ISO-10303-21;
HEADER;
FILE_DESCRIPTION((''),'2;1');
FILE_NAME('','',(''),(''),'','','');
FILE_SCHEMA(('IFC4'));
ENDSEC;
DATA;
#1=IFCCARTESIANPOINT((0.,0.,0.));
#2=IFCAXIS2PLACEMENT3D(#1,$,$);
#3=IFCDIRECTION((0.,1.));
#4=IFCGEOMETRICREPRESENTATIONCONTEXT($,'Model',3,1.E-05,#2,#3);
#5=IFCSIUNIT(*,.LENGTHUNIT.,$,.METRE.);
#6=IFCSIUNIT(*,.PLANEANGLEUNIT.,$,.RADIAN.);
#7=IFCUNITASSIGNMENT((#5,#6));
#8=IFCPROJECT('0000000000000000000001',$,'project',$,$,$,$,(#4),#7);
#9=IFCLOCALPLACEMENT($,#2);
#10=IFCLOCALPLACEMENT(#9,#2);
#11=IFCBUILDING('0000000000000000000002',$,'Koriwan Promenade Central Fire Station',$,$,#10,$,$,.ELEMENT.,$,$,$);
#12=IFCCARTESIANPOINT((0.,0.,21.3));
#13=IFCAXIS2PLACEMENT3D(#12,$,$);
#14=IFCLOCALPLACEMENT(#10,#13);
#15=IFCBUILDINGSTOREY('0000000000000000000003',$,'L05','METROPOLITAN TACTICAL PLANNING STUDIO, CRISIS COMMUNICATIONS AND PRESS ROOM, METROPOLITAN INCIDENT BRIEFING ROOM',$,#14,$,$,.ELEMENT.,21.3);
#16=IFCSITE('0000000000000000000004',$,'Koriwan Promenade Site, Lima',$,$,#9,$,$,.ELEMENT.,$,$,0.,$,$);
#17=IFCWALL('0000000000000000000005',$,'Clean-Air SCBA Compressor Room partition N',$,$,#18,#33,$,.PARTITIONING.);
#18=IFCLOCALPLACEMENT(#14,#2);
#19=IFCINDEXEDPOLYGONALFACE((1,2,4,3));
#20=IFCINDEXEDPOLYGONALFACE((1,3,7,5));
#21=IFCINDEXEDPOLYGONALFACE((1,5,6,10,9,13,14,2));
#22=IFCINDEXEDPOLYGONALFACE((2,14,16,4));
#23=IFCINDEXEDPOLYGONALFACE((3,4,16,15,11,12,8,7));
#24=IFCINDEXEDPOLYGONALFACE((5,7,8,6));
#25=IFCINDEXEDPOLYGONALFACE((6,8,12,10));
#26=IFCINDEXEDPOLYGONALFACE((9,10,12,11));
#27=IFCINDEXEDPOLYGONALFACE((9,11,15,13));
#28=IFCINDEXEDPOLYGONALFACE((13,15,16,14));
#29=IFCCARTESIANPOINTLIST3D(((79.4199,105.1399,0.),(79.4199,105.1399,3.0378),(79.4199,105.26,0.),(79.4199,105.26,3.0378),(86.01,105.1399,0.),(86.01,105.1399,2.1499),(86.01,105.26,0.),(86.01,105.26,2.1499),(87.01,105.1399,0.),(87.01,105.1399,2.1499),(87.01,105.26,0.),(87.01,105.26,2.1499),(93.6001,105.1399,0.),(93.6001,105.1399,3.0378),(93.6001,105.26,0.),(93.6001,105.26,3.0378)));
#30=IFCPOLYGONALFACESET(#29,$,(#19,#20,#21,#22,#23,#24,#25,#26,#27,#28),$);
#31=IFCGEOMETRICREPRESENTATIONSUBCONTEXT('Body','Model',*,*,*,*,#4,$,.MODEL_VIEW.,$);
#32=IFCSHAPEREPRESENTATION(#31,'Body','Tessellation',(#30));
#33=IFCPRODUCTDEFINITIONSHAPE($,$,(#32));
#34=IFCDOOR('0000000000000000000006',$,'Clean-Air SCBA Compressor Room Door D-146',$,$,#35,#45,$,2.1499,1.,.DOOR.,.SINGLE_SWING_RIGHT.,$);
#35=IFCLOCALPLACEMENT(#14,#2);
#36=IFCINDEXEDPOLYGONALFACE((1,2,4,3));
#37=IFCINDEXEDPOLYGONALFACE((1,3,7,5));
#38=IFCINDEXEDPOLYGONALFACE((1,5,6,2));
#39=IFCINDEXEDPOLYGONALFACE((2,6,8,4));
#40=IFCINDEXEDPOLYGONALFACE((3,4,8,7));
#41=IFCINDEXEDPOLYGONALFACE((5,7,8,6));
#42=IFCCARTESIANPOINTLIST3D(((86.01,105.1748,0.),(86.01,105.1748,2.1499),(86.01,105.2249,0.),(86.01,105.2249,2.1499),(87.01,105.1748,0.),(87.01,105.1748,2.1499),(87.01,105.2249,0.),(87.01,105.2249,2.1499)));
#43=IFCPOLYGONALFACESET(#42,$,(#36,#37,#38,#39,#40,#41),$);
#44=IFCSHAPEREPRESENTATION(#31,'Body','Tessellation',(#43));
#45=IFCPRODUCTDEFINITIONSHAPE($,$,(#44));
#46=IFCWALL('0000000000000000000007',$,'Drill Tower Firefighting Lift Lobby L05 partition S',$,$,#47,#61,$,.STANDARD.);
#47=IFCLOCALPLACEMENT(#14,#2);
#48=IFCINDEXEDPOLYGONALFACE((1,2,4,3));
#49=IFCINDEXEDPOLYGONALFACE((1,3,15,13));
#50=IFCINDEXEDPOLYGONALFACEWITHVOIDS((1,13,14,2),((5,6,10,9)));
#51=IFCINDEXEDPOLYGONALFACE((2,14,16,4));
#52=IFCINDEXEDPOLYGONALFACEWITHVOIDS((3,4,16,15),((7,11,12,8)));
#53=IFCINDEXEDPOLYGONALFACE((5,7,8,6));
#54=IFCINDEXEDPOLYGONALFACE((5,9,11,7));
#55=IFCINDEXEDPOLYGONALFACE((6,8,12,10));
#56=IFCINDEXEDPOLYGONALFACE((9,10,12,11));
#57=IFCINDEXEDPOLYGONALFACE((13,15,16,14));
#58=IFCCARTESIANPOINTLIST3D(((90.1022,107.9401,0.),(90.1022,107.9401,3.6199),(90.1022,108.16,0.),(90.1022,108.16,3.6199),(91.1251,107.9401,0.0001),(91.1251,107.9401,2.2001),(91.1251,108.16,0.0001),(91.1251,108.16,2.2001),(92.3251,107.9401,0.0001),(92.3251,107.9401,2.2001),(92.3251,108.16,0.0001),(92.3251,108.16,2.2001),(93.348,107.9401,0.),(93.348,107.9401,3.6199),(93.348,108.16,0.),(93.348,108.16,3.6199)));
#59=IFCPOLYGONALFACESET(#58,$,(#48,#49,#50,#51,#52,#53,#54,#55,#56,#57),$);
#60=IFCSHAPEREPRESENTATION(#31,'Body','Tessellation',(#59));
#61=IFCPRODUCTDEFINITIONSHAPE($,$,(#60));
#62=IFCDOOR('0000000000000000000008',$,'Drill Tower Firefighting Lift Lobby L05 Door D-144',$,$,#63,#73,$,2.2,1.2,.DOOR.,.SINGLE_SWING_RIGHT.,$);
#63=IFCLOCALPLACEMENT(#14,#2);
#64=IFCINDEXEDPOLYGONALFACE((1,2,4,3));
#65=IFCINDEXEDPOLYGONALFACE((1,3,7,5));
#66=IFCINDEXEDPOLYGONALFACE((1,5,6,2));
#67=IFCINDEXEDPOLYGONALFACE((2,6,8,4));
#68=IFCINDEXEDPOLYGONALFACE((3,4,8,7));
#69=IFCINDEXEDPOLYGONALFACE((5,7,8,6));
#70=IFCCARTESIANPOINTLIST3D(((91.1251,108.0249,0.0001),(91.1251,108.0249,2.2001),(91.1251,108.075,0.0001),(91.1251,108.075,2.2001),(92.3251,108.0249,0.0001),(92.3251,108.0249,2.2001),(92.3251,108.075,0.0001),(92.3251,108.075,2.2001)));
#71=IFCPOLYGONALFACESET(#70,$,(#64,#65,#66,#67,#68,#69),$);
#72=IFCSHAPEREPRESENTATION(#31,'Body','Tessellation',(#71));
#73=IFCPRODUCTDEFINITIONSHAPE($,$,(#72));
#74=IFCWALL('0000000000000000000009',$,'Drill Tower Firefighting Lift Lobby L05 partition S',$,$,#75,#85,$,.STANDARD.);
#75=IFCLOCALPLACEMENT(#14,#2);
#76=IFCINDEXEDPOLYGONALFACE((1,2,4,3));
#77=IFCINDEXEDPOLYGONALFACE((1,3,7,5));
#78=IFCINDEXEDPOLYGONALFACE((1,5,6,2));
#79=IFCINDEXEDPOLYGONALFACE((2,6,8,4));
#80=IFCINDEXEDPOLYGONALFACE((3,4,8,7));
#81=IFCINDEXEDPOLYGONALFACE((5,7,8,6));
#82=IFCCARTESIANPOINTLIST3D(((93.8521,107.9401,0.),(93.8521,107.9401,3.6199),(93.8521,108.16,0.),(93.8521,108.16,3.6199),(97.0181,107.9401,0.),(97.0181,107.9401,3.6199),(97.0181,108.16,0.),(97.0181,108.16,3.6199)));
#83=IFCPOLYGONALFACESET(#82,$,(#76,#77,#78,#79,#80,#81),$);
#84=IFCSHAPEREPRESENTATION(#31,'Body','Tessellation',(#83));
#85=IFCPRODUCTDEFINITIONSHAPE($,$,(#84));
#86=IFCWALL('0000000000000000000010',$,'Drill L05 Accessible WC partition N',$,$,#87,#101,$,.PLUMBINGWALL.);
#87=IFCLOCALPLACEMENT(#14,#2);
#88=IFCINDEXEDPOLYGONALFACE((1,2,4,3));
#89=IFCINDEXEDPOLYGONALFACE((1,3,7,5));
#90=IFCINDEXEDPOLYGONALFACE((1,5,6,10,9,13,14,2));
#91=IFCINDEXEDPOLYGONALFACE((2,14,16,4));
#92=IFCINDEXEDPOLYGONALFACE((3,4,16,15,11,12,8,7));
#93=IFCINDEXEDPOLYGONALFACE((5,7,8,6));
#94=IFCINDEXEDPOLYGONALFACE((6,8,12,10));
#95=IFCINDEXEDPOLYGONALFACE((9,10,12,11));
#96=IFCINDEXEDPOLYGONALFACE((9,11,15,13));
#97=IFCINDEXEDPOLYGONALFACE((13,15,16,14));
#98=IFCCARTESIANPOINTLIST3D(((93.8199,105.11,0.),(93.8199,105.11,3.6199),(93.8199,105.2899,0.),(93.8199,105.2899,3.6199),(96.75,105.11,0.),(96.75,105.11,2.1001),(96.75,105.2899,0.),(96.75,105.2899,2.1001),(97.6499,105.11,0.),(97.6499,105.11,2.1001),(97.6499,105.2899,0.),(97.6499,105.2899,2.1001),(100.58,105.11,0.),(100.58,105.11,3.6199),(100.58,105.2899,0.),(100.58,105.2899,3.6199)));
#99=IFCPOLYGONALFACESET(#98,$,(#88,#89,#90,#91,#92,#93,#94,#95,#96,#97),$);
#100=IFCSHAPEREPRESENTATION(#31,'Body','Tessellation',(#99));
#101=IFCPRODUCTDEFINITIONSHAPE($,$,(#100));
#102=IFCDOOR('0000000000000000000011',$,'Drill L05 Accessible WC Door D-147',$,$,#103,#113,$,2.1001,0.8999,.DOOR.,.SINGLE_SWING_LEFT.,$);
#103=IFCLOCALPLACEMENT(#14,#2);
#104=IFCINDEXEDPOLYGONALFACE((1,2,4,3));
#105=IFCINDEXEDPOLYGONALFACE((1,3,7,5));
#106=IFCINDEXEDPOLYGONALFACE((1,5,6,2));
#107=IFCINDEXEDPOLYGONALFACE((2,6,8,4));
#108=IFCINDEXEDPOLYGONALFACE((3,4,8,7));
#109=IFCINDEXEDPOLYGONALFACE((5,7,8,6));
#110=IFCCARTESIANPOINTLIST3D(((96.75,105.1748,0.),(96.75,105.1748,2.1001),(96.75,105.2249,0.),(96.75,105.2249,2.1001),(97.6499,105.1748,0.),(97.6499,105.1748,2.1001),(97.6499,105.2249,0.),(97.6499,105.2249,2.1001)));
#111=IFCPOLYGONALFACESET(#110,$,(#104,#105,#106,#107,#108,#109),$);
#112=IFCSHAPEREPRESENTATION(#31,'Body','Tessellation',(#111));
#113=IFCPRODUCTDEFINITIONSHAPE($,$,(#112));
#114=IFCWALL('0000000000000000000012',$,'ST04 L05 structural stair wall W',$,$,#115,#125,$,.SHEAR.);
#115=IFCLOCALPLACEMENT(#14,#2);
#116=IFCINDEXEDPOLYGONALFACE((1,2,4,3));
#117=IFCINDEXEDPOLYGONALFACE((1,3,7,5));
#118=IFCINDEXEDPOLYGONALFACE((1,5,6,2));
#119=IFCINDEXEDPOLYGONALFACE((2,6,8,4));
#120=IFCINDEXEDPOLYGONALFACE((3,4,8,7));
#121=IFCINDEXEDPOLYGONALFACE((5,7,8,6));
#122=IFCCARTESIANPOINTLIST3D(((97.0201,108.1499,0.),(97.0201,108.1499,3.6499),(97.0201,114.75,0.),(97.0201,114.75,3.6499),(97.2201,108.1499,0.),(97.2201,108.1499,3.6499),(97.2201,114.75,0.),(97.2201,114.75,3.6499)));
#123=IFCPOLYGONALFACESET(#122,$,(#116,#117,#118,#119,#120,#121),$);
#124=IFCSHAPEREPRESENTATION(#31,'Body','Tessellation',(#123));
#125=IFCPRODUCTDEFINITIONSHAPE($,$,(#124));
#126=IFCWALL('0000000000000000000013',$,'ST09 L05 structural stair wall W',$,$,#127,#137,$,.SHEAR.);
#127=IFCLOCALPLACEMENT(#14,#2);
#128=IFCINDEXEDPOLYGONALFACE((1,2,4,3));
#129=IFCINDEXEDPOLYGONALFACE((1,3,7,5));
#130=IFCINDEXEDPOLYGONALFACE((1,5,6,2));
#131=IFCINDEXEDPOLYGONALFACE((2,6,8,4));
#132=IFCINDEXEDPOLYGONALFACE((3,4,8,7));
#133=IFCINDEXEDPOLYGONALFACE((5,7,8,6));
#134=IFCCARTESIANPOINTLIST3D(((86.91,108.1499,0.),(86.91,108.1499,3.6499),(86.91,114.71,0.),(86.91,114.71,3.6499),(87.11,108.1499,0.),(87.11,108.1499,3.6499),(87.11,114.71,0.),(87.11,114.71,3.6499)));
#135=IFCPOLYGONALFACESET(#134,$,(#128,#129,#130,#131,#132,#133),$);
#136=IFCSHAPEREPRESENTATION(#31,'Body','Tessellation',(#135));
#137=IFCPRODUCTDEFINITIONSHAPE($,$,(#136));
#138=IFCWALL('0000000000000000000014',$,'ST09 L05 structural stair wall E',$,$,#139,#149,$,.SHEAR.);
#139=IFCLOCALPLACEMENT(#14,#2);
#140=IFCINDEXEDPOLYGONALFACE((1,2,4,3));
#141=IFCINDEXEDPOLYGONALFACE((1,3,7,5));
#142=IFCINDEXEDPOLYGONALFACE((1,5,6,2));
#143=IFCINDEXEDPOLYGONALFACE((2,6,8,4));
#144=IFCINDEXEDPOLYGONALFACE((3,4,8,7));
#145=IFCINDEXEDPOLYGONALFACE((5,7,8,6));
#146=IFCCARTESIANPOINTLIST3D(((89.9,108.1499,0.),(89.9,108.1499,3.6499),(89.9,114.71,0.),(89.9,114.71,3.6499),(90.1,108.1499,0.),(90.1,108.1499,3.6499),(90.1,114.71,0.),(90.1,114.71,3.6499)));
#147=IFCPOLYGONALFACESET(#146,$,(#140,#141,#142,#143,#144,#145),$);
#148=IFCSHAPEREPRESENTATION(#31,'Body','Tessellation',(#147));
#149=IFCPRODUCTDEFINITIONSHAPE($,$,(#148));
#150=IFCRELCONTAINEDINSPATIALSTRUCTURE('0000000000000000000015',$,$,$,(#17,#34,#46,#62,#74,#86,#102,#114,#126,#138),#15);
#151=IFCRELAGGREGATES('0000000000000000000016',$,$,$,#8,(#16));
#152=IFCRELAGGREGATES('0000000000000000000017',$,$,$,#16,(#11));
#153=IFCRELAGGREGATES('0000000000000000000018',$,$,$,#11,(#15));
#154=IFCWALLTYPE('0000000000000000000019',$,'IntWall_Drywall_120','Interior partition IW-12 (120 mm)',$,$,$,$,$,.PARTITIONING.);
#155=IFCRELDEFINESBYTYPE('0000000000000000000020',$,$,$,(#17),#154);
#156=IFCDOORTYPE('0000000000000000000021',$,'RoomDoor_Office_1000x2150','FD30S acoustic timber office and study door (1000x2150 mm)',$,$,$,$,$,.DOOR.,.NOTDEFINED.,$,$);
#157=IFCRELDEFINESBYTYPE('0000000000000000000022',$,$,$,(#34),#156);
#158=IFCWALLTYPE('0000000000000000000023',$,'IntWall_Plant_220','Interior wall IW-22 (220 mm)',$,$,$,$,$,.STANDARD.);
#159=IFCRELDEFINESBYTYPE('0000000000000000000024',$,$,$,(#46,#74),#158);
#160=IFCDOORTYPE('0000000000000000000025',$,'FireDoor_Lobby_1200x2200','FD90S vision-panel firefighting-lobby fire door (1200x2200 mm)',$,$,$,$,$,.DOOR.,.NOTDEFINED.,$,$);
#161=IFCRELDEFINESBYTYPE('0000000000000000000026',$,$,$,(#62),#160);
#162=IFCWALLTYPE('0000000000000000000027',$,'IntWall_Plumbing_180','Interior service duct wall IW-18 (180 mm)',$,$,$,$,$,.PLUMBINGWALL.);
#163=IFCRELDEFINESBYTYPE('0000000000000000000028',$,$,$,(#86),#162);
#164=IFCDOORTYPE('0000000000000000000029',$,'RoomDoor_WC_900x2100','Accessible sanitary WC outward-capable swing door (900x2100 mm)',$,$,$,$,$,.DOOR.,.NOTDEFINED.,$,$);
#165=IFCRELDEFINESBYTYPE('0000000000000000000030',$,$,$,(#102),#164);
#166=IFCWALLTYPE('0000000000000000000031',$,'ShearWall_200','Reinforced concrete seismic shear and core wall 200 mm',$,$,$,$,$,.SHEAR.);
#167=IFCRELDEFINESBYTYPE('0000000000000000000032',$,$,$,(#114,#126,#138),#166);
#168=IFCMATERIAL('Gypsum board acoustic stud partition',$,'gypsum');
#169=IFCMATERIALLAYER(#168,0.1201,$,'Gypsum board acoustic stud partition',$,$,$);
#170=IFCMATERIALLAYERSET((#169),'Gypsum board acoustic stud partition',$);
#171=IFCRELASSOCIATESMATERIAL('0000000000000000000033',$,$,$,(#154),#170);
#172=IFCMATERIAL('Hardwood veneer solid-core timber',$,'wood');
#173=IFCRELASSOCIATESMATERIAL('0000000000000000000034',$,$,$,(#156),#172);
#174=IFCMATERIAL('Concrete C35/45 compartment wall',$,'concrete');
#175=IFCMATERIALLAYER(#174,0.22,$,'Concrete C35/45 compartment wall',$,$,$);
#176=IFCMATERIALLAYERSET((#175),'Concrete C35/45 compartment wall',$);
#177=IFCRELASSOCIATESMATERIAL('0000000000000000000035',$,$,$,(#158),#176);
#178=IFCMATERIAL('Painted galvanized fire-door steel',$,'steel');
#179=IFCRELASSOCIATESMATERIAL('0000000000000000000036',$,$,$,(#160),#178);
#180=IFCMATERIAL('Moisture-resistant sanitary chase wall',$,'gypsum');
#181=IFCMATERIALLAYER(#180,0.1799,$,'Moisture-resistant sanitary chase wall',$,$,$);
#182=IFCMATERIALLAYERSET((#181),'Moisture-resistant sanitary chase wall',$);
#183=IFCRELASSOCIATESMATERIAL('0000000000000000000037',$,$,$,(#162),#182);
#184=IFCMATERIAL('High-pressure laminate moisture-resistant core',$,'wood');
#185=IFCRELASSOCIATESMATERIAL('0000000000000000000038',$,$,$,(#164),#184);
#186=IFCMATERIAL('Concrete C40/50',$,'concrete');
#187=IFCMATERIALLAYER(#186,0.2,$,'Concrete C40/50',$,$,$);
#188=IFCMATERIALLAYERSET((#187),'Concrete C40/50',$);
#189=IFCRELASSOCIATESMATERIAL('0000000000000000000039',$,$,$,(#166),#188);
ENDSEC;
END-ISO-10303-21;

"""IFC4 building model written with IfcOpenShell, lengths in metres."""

from ifc_helpers import new_model, si_unit, direction, frame, frame_2d, origin, place, context, subcontext, project, spatial, rectangle, extrude, material, layer, layer_set, type_object, element, fill, save


model = new_model("IFC4")

# Units and contexts
model_context = context("Model", 3, precision=1e-05, world=origin(), true_north=direction((0.0, 1.0)))
body_context = subcontext(model_context, "Body", "Model", "MODEL_VIEW")
ifc_project = project(units=[si_unit("LENGTHUNIT", "METRE"), si_unit("PLANEANGLEUNIT", "RADIAN")], contexts=[model_context])

# Site, building, storey
site_placement = place(None, origin())
site = spatial("IfcSite", under=ifc_project, at=site_placement, Name="Koriwan Promenade Site, Lima", CompositionType="ELEMENT", RefElevation=0.0)
building_placement = place(site_placement, origin())
building = spatial("IfcBuilding", under=site, at=building_placement, Name="Koriwan Promenade Central Fire Station", CompositionType="ELEMENT")
storey_placement = place(building_placement, frame((0.0, 0.0, 21.3)))
storey = spatial("IfcBuildingStorey", under=building, at=storey_placement, Name="L05", Description="METROPOLITAN TACTICAL PLANNING STUDIO, CRISIS COMMUNICATIONS AND PRESS ROOM, METROPOLITAN INCIDENT BRIEFING ROOM", CompositionType="ELEMENT", Elevation=21.3)

# Shared definitions
ifc_material_1 = material(Name="Concrete C40/50", Category="concrete")

# Shared definitions
ifc_material_2 = material(Name="Gypsum board acoustic stud partition", Category="gypsum")
ifc_layer_1 = layer(ifc_material_2, 0.1201, Name="Gypsum board acoustic stud partition")
ifc_layer_set_1 = layer_set([ifc_layer_1], Name="Gypsum board acoustic stud partition")
wall_type_1 = type_object("IfcWallType", Name="IntWall_Drywall_120", Description="Interior partition IW-12 (120 mm)", PredefinedType="PARTITIONING", material=ifc_layer_set_1)
ifc_material_3 = material(Name="Hardwood veneer solid-core timber", Category="wood")
door_type_1 = type_object("IfcDoorType", Name="RoomDoor_Office_1000x2150", Description="FD30S acoustic timber office and study door (1000x2150 mm)", OperationType="NOTDEFINED", PredefinedType="DOOR", material=ifc_material_3)

# Walls, openings, doors
wall_1_placement = place(storey_placement, frame((79.4199, 105.2, 0.0), z_axis=(0.0, 0.0, 1.0), x_axis=(1.0, 0.0, 0.0)))
wall_1 = element("IfcWall", 1, at=wall_1_placement, inside=storey, type_object=wall_type_1, Name="Clean-Air SCBA Compressor Room partition N", PredefinedType="PARTITIONING", context=body_context, shape_type="SweptSolid", body=[
    extrude(rectangle(XDim=14.1802, YDim=0.1201, at=frame_2d((7.0901, 0.0))), origin(), (0.0, 0.0, 1.0), 3.0378),
])
opening_1_placement = place(wall_1_placement, frame((6.5901, 0.0, 0.0)))
opening_1 = element("IfcOpeningElement", 2, at=opening_1_placement, cuts=wall_1, PredefinedType="OPENING", context=body_context, shape_type="SweptSolid", body=[
    extrude(rectangle(XDim=1.0, YDim=2.1499, at=frame_2d((0.5, 1.075))), frame((0.0, 0.072, 0.0), z_axis=(0.0, -1.0, 0.0), x_axis=(1.0, 0.0, 0.0)), (0.0, 0.0, 1.0), 0.144),
])
door_1_placement = place(opening_1_placement, origin())
door_1 = element("IfcDoor", 3, at=door_1_placement, inside=storey, type_object=door_type_1, Name="Clean-Air SCBA Compressor Room Door D-146", OperationType="SINGLE_SWING_RIGHT", OverallHeight=2.1499, OverallWidth=1.0, PredefinedType="DOOR", context=body_context, shape_type="SweptSolid", body=[
    extrude(rectangle(XDim=1.0, YDim=2.1499, at=frame_2d((0.5, 1.075))), frame((0.0, 0.0249, 0.0), z_axis=(0.0, -1.0, 0.0), x_axis=(1.0, 0.0, 0.0)), (0.0, 0.0, 1.0), 0.05),
])
fill(opening_1, door_1)
ifc_material_4 = material(Name="Concrete C35/45 compartment wall", Category="concrete")
ifc_layer_2 = layer(ifc_material_4, 0.22, Name="Concrete C35/45 compartment wall")
ifc_layer_set_2 = layer_set([ifc_layer_2], Name="Concrete C35/45 compartment wall")
wall_type_2 = type_object("IfcWallType", Name="IntWall_Plant_220", Description="Interior wall IW-22 (220 mm)", PredefinedType="STANDARD", material=ifc_layer_set_2)
wall_2_placement = place(storey_placement, frame((90.1021, 108.05, 0.0), z_axis=(0.0, 0.0, 1.0), x_axis=(1.0, 0.0, 0.0)))
wall_2 = element("IfcWall", 4, at=wall_2_placement, inside=storey, type_object=wall_type_2, Name="Drill Tower Firefighting Lift Lobby L05 partition S", PredefinedType="STANDARD", context=body_context, shape_type="SweptSolid", body=[
    extrude(rectangle(XDim=3.2458, YDim=0.22, at=frame_2d((1.623, 0.0))), origin(), (0.0, 0.0, 1.0), 3.6199),
])
opening_2_placement = place(wall_2_placement, frame((1.0229, 0.0, 0.0)))
opening_2 = element("IfcOpeningElement", 5, at=opening_2_placement, cuts=wall_2, PredefinedType="OPENING", context=body_context, shape_type="SweptSolid", body=[
    extrude(rectangle(XDim=1.2, YDim=2.2, at=frame_2d((0.6001, 1.1001))), frame((0.0, 0.1221, 0.0), z_axis=(0.0, -1.0, 0.0), x_axis=(1.0, 0.0, 0.0)), (0.0, 0.0, 1.0), 0.2439),
])
ifc_material_5 = material(Name="Painted galvanized fire-door steel", Category="steel")
door_type_2 = type_object("IfcDoorType", Name="FireDoor_Lobby_1200x2200", Description="FD90S vision-panel firefighting-lobby fire door (1200x2200 mm)", OperationType="NOTDEFINED", PredefinedType="DOOR", material=ifc_material_5)
door_2_placement = place(opening_2_placement, origin())
door_2 = element("IfcDoor", 6, at=door_2_placement, inside=storey, type_object=door_type_2, Name="Drill Tower Firefighting Lift Lobby L05 Door D-144", OperationType="SINGLE_SWING_RIGHT", OverallHeight=2.2, OverallWidth=1.2, PredefinedType="DOOR", context=body_context, shape_type="SweptSolid", body=[
    extrude(rectangle(XDim=1.2, YDim=2.2, at=frame_2d((0.6001, 1.1001))), frame((0.0, 0.0249, 0.0), z_axis=(0.0, -1.0, 0.0), x_axis=(1.0, 0.0, 0.0)), (0.0, 0.0, 1.0), 0.05),
])
fill(opening_2, door_2)

# Wall
wall_3_placement = place(storey_placement, frame((93.8521, 108.05, 0.0), z_axis=(0.0, 0.0, 1.0), x_axis=(1.0, 0.0, 0.0)))
element("IfcWall", 7, at=wall_3_placement, inside=storey, type_object=wall_type_2, Name="Drill Tower Firefighting Lift Lobby L05 partition S", PredefinedType="STANDARD", context=body_context, shape_type="SweptSolid", body=[
    extrude(rectangle(XDim=3.166, YDim=0.22, at=frame_2d((1.583, 0.0))), origin(), (0.0, 0.0, 1.0), 3.6199),
])

# Wall, opening, door
ifc_material_6 = material(Name="Moisture-resistant sanitary chase wall", Category="gypsum")
ifc_layer_3 = layer(ifc_material_6, 0.1799, Name="Moisture-resistant sanitary chase wall")
ifc_layer_set_3 = layer_set([ifc_layer_3], Name="Moisture-resistant sanitary chase wall")
wall_type_3 = type_object("IfcWallType", Name="IntWall_Plumbing_180", Description="Interior service duct wall IW-18 (180 mm)", PredefinedType="PLUMBINGWALL", material=ifc_layer_set_3)
wall_4_placement = place(storey_placement, frame((93.8201, 105.2, 0.0), z_axis=(0.0, 0.0, 1.0), x_axis=(1.0, 0.0, 0.0)))
wall_4 = element("IfcWall", 8, at=wall_4_placement, inside=storey, type_object=wall_type_3, Name="Drill L05 Accessible WC partition N", PredefinedType="PLUMBINGWALL", context=body_context, shape_type="SweptSolid", body=[
    extrude(rectangle(XDim=6.76, YDim=0.1799, at=frame_2d((3.3799, 0.0))), origin(), (0.0, 0.0, 1.0), 3.6199),
])
opening_3_placement = place(wall_4_placement, frame((2.9299, 0.0, 0.0)))
opening_3 = element("IfcOpeningElement", 9, at=opening_3_placement, cuts=wall_4, PredefinedType="OPENING", context=body_context, shape_type="SweptSolid", body=[
    extrude(rectangle(XDim=0.8999, YDim=2.1001, at=frame_2d((0.45, 1.05))), frame((0.0, 0.1021, 0.0), z_axis=(0.0, -1.0, 0.0), x_axis=(1.0, 0.0, 0.0)), (0.0, 0.0, 1.0), 0.2039),
])
ifc_material_7 = material(Name="High-pressure laminate moisture-resistant core", Category="wood")
door_type_3 = type_object("IfcDoorType", Name="RoomDoor_WC_900x2100", Description="Accessible sanitary WC outward-capable swing door (900x2100 mm)", OperationType="NOTDEFINED", PredefinedType="DOOR", material=ifc_material_7)
door_3_placement = place(opening_3_placement, origin())
door_3 = element("IfcDoor", 10, at=door_3_placement, inside=storey, type_object=door_type_3, Name="Drill L05 Accessible WC Door D-147", OperationType="SINGLE_SWING_LEFT", OverallHeight=2.1001, OverallWidth=0.8999, PredefinedType="DOOR", context=body_context, shape_type="SweptSolid", body=[
    extrude(rectangle(XDim=0.8999, YDim=2.1001, at=frame_2d((0.45, 1.05))), frame((0.0, 0.0249, 0.0), z_axis=(0.0, -1.0, 0.0), x_axis=(1.0, 0.0, 0.0)), (0.0, 0.0, 1.0), 0.05),
])
fill(opening_3, door_3)
ifc_layer_4 = layer(ifc_material_1, 0.2, Name="Concrete C40/50")
ifc_layer_set_4 = layer_set([ifc_layer_4], Name="Concrete C40/50")
wall_type_4 = type_object("IfcWallType", Name="ShearWall_200", Description="Reinforced concrete seismic shear and core wall 200 mm", PredefinedType="SHEAR", material=ifc_layer_set_4)

# Wall
wall_5_placement = place(storey_placement, frame((97.1201, 108.1499, 0.0), z_axis=(0.0, 0.0, 1.0), x_axis=(0.0, 1.0, 0.0)))
element("IfcWall", 11, at=wall_5_placement, inside=storey, type_object=wall_type_4, Name="ST04 L05 structural stair wall W", PredefinedType="SHEAR", context=body_context, shape_type="SweptSolid", body=[
    extrude(rectangle(XDim=6.6001, YDim=0.2, at=frame_2d((3.3, 0.0))), origin(), (0.0, 0.0, 1.0), 3.6499),
])

# Walls
for number, where, z_axis, x_axis, name in (
    (12, (87.01, 108.1499, 0.0), (0.0, 0.0, 1.0), (0.0, 1.0, 0.0), "ST09 L05 structural stair wall W"),
    (13, (90.0, 108.1499, 0.0), (0.0, 0.0, 1.0), (0.0, 1.0, 0.0), "ST09 L05 structural stair wall E"),
):
    element("IfcWall", number, at=place(storey_placement, frame(where, z_axis=z_axis, x_axis=x_axis)), inside=storey, type_object=wall_type_4, Name=name, PredefinedType="SHEAR", context=body_context, shape_type="SweptSolid", body=[
        extrude(rectangle(XDim=6.5601, YDim=0.2, at=frame_2d((3.28, 0.0))), origin(), (0.0, 0.0, 1.0), 3.6499),
    ])

save(model, "model.ifc")
